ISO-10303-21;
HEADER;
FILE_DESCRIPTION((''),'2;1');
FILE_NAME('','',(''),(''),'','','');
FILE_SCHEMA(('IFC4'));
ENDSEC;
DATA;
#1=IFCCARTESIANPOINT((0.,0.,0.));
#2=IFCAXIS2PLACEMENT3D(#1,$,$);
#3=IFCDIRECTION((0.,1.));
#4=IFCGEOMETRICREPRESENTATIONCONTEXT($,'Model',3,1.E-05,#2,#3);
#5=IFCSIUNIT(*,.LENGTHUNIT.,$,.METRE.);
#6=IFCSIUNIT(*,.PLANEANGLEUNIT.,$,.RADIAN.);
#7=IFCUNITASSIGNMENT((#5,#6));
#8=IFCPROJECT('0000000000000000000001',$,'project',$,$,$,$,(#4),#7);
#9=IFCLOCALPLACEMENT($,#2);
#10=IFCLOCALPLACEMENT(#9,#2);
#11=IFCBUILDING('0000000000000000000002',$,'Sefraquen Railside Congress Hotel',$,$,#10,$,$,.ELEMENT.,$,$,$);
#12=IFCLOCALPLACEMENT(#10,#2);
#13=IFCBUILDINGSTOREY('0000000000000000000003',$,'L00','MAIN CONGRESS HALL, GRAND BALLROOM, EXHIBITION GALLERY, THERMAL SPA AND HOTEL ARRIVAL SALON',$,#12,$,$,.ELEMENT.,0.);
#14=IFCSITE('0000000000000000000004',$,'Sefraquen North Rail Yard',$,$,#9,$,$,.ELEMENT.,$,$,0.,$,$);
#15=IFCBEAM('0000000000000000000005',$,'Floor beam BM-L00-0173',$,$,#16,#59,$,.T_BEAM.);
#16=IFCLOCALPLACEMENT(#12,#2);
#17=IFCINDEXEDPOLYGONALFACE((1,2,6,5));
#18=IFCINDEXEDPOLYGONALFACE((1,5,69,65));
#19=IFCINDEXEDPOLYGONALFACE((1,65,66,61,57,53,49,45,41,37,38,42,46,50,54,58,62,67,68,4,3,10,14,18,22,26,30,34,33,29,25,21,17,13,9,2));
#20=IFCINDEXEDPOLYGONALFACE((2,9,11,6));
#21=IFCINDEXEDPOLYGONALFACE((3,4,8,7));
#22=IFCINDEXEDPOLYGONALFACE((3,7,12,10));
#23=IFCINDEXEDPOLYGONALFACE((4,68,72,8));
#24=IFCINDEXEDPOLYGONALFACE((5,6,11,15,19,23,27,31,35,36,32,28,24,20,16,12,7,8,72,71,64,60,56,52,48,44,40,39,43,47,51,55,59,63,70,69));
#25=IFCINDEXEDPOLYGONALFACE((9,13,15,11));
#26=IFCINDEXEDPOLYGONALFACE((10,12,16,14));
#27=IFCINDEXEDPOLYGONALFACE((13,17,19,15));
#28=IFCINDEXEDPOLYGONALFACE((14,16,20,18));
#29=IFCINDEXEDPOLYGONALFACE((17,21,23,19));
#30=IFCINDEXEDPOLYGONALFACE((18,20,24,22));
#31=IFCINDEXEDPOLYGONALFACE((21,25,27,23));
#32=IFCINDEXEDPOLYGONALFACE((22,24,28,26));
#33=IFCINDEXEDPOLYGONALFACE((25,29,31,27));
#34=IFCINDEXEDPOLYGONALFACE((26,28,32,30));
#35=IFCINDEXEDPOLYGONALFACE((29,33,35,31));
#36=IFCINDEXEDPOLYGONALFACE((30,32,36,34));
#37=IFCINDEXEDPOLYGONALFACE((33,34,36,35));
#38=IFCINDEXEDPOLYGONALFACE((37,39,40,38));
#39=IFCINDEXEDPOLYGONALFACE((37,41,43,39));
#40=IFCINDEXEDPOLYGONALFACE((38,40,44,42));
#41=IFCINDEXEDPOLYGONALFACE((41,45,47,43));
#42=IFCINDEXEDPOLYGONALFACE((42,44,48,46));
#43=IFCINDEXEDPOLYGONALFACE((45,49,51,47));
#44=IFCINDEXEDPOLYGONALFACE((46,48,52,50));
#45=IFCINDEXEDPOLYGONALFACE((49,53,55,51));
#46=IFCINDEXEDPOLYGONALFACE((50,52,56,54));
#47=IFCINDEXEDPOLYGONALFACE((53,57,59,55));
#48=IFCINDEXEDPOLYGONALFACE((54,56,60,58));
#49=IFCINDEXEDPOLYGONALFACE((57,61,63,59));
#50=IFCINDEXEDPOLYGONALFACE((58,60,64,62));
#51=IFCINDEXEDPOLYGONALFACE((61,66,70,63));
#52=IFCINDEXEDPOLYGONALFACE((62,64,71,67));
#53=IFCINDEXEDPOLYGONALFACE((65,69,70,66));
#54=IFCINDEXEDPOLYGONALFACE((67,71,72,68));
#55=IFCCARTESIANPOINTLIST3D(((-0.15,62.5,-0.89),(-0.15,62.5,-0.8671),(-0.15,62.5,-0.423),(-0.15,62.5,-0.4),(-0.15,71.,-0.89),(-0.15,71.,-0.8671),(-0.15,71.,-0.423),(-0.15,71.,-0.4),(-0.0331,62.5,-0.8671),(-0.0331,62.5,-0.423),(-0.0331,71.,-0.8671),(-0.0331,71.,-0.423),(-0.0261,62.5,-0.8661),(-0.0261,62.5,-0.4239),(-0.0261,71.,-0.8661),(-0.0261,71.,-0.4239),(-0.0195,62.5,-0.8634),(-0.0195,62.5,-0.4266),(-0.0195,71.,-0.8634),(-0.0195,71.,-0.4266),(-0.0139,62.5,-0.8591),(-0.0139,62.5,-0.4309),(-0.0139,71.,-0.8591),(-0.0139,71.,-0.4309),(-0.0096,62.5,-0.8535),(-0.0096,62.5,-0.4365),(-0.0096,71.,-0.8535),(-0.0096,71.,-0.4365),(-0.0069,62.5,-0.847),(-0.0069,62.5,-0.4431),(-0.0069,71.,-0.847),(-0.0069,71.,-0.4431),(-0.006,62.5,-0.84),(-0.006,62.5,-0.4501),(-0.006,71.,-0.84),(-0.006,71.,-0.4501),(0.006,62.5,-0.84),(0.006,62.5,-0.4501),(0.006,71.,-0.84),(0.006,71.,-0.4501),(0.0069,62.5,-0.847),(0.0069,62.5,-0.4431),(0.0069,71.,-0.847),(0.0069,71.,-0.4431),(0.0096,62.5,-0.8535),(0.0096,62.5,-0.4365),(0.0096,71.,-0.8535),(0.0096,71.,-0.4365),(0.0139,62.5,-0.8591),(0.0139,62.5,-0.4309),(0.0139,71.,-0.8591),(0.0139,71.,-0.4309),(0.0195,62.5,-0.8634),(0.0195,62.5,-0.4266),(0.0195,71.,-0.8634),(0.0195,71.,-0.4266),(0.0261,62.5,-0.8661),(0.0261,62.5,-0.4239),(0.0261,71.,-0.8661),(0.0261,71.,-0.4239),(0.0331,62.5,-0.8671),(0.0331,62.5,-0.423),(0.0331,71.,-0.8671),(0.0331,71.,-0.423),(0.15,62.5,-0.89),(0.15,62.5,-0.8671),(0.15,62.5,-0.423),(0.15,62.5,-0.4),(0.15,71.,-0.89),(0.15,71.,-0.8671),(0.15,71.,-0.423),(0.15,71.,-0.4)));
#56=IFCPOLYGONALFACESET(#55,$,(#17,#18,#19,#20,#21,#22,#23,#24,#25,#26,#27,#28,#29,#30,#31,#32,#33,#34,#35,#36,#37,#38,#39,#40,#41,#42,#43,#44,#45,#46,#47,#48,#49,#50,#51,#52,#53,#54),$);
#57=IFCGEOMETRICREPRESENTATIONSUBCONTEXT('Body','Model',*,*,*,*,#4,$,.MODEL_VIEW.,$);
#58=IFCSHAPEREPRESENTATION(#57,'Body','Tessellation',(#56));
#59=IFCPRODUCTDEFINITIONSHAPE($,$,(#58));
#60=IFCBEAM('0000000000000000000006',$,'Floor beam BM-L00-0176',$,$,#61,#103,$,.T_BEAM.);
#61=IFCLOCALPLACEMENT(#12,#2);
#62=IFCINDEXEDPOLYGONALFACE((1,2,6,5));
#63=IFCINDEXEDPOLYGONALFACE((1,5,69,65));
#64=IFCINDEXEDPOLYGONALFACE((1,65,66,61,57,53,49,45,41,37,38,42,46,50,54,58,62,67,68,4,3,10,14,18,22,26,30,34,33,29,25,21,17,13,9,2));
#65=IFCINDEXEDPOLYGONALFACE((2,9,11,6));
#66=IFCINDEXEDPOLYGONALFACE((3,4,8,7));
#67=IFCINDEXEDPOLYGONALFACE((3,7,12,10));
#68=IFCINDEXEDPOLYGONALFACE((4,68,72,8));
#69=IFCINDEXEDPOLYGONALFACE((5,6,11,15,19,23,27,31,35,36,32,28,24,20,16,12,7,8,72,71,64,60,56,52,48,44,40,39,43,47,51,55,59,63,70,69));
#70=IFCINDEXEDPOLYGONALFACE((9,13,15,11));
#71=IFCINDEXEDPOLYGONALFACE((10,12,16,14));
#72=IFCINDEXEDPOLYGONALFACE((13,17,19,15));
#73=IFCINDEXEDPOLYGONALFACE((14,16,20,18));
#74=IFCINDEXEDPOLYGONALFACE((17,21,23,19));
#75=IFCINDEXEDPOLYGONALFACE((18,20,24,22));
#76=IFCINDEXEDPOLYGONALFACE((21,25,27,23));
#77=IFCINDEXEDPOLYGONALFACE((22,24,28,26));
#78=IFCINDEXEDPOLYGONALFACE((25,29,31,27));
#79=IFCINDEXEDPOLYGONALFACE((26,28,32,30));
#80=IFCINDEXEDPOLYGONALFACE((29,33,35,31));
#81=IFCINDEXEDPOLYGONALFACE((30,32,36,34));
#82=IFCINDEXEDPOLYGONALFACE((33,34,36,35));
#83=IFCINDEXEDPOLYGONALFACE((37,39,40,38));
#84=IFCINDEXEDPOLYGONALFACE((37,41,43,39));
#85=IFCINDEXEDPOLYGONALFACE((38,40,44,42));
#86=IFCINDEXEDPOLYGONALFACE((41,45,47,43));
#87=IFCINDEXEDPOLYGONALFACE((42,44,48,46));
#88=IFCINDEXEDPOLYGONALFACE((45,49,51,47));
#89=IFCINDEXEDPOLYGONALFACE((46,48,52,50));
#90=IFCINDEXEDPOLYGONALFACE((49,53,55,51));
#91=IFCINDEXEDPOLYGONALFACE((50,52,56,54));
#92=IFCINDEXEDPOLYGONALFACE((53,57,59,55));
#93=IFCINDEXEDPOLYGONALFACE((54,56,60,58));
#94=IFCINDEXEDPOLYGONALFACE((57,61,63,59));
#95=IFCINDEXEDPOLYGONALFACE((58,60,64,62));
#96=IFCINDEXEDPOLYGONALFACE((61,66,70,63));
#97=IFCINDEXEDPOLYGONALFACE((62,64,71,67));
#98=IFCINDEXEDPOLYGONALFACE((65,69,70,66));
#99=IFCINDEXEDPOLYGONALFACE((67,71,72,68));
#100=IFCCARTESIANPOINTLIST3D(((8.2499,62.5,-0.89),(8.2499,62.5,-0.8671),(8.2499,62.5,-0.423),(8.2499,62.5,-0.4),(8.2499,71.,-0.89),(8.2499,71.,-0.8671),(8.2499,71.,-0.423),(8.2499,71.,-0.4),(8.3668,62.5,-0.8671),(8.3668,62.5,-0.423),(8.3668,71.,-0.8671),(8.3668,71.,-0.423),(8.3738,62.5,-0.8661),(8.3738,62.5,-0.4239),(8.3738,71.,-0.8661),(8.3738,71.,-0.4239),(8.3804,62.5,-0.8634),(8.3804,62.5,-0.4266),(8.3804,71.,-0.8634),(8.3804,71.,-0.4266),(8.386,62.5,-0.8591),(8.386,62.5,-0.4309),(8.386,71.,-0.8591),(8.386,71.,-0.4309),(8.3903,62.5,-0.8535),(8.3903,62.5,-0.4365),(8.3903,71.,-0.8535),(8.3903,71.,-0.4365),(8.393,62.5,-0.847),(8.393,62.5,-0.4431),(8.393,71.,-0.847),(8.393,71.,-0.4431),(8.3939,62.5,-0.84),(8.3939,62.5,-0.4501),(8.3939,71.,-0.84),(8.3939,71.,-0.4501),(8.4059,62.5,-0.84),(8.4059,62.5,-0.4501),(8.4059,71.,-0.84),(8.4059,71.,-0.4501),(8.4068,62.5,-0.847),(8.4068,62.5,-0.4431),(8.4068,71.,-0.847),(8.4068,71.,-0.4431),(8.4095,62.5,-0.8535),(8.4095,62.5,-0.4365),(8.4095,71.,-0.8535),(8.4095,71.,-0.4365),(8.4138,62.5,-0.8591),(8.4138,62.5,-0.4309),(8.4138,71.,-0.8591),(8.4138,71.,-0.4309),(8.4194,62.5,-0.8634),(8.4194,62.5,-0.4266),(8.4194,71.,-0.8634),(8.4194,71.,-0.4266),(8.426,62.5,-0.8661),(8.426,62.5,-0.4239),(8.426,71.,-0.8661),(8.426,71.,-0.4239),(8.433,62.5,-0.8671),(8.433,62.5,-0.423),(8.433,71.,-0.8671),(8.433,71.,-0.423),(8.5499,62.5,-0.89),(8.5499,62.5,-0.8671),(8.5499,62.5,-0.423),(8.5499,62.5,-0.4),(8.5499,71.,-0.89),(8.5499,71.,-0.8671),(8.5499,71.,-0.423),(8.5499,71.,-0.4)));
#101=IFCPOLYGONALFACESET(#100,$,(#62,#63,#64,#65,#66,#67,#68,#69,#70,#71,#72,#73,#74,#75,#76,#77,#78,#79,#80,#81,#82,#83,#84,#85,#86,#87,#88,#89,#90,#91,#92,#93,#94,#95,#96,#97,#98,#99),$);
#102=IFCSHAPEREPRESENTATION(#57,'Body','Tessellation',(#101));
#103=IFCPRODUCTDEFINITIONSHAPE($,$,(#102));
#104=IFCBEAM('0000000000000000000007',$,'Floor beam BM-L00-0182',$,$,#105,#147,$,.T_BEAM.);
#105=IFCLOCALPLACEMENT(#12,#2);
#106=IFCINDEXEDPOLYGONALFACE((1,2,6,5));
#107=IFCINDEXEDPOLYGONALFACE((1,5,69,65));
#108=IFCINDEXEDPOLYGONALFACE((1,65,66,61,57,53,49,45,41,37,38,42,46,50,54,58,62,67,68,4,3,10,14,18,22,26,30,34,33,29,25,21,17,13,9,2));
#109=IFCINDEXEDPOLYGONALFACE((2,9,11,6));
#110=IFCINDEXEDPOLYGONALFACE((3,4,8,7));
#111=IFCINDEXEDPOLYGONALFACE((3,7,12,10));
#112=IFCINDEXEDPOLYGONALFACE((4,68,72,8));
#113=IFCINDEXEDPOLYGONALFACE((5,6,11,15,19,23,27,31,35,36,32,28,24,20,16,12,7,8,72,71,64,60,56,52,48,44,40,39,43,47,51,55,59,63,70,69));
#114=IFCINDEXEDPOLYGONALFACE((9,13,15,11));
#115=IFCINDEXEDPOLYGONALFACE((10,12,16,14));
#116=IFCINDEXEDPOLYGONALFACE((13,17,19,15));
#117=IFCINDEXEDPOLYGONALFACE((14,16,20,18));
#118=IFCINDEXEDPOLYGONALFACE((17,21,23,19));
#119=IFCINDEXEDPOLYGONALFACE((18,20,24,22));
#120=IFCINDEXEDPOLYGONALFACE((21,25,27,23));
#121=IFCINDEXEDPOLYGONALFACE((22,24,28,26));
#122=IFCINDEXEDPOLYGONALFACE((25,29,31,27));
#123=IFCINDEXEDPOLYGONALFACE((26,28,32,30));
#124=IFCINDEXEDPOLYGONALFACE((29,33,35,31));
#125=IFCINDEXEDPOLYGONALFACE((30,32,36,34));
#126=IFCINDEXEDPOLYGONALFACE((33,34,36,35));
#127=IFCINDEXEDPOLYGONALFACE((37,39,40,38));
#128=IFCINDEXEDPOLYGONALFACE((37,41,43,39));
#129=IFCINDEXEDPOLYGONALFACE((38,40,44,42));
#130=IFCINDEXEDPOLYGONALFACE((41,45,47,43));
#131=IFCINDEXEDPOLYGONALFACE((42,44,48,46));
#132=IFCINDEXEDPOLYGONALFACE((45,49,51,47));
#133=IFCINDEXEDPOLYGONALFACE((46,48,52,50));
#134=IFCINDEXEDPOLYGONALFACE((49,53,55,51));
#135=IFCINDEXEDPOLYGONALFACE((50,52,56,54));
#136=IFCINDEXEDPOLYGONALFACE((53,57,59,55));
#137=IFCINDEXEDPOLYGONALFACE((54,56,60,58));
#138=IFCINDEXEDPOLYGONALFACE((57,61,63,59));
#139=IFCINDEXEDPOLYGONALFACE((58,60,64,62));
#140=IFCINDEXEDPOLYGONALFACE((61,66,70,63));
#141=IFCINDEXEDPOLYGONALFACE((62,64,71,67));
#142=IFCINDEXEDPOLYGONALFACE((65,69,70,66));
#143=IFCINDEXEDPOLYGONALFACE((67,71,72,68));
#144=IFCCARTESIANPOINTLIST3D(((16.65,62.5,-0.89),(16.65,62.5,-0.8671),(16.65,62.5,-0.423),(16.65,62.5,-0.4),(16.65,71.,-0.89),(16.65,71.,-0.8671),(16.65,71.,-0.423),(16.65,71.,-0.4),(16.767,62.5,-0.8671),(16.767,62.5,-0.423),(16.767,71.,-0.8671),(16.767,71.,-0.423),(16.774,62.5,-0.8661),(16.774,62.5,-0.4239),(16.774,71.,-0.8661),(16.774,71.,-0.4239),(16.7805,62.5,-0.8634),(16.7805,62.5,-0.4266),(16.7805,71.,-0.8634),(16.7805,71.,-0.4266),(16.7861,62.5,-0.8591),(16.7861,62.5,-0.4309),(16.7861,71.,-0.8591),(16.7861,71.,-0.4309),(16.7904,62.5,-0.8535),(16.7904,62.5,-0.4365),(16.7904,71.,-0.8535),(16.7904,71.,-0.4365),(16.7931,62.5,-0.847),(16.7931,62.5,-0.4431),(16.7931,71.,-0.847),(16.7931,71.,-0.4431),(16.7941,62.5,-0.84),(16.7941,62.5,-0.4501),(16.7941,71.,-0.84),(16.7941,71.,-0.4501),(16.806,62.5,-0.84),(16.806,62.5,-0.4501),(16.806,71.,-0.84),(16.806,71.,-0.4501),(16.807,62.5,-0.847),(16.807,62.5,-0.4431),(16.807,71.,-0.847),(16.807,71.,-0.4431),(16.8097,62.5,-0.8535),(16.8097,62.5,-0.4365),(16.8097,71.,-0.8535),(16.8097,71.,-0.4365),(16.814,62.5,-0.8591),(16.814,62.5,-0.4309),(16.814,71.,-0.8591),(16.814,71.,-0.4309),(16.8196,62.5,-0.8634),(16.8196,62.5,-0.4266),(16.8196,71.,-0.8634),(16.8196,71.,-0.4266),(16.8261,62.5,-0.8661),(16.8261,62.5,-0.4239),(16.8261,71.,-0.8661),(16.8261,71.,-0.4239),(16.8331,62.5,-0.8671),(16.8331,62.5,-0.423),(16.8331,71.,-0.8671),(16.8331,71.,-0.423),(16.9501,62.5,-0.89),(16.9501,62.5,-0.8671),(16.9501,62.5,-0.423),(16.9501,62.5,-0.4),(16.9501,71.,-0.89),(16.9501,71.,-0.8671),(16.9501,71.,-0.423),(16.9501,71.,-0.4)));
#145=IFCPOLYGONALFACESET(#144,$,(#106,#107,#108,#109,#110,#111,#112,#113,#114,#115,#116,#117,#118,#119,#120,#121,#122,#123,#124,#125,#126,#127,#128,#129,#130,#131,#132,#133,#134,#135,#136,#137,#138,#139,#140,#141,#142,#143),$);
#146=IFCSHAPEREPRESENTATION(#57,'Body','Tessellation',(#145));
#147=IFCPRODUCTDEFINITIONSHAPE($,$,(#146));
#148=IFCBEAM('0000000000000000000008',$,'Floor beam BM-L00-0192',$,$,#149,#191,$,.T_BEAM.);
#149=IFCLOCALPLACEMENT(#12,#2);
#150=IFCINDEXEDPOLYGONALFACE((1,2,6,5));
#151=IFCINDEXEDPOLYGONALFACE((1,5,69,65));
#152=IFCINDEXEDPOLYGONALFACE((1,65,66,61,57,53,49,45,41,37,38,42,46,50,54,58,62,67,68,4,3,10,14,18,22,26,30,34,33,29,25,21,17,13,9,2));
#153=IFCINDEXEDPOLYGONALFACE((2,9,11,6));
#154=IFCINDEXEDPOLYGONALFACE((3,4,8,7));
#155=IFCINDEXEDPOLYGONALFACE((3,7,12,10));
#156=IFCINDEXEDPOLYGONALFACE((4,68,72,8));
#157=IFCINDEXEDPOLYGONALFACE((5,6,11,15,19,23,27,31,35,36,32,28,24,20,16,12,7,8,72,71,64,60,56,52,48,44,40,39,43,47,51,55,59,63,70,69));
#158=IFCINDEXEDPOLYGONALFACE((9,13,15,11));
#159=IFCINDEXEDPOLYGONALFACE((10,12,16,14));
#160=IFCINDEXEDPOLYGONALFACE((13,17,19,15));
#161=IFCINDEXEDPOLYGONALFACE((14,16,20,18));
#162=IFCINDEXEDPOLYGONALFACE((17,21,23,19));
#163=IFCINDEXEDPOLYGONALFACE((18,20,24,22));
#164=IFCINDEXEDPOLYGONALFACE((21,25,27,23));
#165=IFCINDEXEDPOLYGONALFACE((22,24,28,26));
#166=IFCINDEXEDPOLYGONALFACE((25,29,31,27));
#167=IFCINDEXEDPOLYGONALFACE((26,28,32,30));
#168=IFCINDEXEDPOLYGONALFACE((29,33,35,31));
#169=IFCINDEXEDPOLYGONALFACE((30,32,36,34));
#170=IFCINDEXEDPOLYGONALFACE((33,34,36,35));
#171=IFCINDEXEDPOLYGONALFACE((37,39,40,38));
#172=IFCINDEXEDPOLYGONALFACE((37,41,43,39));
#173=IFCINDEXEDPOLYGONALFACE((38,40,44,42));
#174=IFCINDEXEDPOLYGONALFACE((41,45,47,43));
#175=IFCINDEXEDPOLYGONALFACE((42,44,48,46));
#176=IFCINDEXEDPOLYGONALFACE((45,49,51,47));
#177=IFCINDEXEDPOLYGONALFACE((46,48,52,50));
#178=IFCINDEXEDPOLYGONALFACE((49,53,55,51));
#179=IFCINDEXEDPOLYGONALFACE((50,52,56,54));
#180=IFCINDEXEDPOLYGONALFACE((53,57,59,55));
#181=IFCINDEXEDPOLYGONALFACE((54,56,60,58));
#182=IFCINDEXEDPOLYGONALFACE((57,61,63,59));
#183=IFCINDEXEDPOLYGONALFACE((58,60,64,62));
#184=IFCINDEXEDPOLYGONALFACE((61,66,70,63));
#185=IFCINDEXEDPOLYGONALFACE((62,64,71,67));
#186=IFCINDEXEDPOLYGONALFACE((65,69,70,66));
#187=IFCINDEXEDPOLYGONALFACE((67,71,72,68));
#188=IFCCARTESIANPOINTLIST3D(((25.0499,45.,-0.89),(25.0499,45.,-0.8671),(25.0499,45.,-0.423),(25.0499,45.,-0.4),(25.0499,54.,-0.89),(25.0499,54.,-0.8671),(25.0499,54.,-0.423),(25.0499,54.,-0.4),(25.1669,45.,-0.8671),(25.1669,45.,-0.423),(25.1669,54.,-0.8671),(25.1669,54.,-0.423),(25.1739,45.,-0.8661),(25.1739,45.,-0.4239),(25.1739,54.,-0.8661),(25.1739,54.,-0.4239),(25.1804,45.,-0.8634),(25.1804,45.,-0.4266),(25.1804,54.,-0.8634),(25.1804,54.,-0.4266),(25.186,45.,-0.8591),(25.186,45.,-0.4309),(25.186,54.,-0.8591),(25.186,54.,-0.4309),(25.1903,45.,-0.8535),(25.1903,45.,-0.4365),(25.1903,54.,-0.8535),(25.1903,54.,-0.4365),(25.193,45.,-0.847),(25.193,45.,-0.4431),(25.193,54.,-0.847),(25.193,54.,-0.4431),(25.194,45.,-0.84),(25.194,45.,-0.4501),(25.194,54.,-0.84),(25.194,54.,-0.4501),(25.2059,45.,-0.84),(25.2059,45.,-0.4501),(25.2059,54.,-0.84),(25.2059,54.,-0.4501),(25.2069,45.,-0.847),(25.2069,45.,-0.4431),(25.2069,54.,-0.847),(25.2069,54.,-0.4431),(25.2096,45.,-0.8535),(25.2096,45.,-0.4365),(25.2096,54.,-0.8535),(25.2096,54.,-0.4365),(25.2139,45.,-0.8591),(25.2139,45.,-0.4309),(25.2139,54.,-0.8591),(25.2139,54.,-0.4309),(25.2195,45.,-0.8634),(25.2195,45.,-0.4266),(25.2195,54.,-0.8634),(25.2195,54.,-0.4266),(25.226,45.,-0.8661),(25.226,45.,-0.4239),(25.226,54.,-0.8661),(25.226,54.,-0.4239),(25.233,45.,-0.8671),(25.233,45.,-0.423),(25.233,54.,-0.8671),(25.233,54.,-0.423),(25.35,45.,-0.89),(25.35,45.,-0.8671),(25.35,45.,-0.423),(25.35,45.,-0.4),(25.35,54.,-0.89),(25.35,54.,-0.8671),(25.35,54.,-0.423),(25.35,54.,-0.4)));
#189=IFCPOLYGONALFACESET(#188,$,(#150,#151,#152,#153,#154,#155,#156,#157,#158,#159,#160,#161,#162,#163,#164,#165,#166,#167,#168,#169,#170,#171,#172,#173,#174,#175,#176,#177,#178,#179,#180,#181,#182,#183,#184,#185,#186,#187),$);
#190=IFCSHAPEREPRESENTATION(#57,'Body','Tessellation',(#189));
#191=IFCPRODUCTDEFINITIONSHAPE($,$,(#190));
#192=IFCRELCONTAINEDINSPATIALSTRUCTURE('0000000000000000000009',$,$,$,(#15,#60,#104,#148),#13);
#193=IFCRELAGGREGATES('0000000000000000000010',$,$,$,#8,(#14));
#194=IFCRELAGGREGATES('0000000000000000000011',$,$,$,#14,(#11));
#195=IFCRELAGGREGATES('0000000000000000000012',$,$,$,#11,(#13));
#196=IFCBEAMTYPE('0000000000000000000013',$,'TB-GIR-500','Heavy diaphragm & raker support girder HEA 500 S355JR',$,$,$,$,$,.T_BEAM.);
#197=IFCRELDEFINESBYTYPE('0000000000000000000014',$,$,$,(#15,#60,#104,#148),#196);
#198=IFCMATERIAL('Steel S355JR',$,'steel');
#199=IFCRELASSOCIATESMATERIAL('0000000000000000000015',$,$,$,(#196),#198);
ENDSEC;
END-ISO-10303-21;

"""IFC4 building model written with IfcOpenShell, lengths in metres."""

from ifc_helpers import new_model, si_unit, direction, frame, origin, origin_2d, place, context, subcontext, project, spatial, i_section, extrude, material, material_profile, profile_set, type_object, element, save


model = new_model("IFC4")

# Units and contexts
model_context = context("Model", 3, precision=1e-05, world=origin(), true_north=direction((0.0, 1.0)))
body_context = subcontext(model_context, "Body", "Model", "MODEL_VIEW")
ifc_project = project(units=[si_unit("LENGTHUNIT", "METRE"), si_unit("PLANEANGLEUNIT", "RADIAN")], contexts=[model_context])

# Site, building, storey
site_placement = place(None, origin())
site = spatial("IfcSite", under=ifc_project, at=site_placement, Name="Sefraquen North Rail Yard", CompositionType="ELEMENT", RefElevation=0.0)
building_placement = place(site_placement, origin())
building = spatial("IfcBuilding", under=site, at=building_placement, Name="Sefraquen Railside Congress Hotel", CompositionType="ELEMENT")
storey_placement = place(building_placement, origin())
storey = spatial("IfcBuildingStorey", under=building, at=storey_placement, Name="L00", Description="MAIN CONGRESS HALL, GRAND BALLROOM, EXHIBITION GALLERY, THERMAL SPA AND HOTEL ARRIVAL SALON", CompositionType="ELEMENT", Elevation=0.0)

# Shared definitions
ifc_material_1 = material(Name="Steel S355JR", Category="steel")

# Beams
ifc_material_profile_1 = material_profile(ifc_material_1, i_section(OverallWidth=0.3, OverallDepth=0.49, WebThickness=0.012, FlangeThickness=0.0229, FilletRadius=0.0271, at=origin_2d()), Name="HEA 500")
ifc_profile_set_1 = profile_set([ifc_material_profile_1], Name="Steel S355JR")
beam_type_1 = type_object("IfcBeamType", Name="TB-GIR-500", Description="Heavy diaphragm & raker support girder HEA 500 S355JR", PredefinedType="T_BEAM", material=ifc_profile_set_1)
for number, where, z_axis, x_axis, name in (
    (1, (0.0, 62.5, -0.645), (0.0, 1.0, 0.0), (-1.0, 0.0, 0.0), "Floor beam BM-L00-0173"),
    (2, (8.3999, 62.5, -0.645), (0.0, 1.0, 0.0), (-1.0, 0.0, 0.0), "Floor beam BM-L00-0176"),
    (3, (16.8, 62.5, -0.645), (0.0, 1.0, 0.0), (-1.0, 0.0, 0.0), "Floor beam BM-L00-0182"),
):
    element("IfcBeam", number, at=place(storey_placement, frame(where, z_axis=z_axis, x_axis=x_axis)), inside=storey, type_object=beam_type_1, Name=name, PredefinedType="T_BEAM", context=body_context, shape_type="SweptSolid", body=[
        extrude(i_section(OverallWidth=0.3, OverallDepth=0.49, WebThickness=0.012, FlangeThickness=0.0229, FilletRadius=0.0271, at=origin_2d()), origin(), (0.0, 0.0, 1.0), 8.5),
    ])
beam_1_placement = place(storey_placement, frame((25.2, 45.0, -0.645), z_axis=(0.0, 1.0, 0.0), x_axis=(-1.0, 0.0, 0.0)))
element("IfcBeam", 4, at=beam_1_placement, inside=storey, type_object=beam_type_1, Name="Floor beam BM-L00-0192", PredefinedType="T_BEAM", context=body_context, shape_type="SweptSolid", body=[
    extrude(i_section(OverallWidth=0.3, OverallDepth=0.49, WebThickness=0.012, FlangeThickness=0.0229, FilletRadius=0.0271, at=origin_2d()), origin(), (0.0, 0.0, 1.0), 9.0),
])

save(model, "model.ifc")
